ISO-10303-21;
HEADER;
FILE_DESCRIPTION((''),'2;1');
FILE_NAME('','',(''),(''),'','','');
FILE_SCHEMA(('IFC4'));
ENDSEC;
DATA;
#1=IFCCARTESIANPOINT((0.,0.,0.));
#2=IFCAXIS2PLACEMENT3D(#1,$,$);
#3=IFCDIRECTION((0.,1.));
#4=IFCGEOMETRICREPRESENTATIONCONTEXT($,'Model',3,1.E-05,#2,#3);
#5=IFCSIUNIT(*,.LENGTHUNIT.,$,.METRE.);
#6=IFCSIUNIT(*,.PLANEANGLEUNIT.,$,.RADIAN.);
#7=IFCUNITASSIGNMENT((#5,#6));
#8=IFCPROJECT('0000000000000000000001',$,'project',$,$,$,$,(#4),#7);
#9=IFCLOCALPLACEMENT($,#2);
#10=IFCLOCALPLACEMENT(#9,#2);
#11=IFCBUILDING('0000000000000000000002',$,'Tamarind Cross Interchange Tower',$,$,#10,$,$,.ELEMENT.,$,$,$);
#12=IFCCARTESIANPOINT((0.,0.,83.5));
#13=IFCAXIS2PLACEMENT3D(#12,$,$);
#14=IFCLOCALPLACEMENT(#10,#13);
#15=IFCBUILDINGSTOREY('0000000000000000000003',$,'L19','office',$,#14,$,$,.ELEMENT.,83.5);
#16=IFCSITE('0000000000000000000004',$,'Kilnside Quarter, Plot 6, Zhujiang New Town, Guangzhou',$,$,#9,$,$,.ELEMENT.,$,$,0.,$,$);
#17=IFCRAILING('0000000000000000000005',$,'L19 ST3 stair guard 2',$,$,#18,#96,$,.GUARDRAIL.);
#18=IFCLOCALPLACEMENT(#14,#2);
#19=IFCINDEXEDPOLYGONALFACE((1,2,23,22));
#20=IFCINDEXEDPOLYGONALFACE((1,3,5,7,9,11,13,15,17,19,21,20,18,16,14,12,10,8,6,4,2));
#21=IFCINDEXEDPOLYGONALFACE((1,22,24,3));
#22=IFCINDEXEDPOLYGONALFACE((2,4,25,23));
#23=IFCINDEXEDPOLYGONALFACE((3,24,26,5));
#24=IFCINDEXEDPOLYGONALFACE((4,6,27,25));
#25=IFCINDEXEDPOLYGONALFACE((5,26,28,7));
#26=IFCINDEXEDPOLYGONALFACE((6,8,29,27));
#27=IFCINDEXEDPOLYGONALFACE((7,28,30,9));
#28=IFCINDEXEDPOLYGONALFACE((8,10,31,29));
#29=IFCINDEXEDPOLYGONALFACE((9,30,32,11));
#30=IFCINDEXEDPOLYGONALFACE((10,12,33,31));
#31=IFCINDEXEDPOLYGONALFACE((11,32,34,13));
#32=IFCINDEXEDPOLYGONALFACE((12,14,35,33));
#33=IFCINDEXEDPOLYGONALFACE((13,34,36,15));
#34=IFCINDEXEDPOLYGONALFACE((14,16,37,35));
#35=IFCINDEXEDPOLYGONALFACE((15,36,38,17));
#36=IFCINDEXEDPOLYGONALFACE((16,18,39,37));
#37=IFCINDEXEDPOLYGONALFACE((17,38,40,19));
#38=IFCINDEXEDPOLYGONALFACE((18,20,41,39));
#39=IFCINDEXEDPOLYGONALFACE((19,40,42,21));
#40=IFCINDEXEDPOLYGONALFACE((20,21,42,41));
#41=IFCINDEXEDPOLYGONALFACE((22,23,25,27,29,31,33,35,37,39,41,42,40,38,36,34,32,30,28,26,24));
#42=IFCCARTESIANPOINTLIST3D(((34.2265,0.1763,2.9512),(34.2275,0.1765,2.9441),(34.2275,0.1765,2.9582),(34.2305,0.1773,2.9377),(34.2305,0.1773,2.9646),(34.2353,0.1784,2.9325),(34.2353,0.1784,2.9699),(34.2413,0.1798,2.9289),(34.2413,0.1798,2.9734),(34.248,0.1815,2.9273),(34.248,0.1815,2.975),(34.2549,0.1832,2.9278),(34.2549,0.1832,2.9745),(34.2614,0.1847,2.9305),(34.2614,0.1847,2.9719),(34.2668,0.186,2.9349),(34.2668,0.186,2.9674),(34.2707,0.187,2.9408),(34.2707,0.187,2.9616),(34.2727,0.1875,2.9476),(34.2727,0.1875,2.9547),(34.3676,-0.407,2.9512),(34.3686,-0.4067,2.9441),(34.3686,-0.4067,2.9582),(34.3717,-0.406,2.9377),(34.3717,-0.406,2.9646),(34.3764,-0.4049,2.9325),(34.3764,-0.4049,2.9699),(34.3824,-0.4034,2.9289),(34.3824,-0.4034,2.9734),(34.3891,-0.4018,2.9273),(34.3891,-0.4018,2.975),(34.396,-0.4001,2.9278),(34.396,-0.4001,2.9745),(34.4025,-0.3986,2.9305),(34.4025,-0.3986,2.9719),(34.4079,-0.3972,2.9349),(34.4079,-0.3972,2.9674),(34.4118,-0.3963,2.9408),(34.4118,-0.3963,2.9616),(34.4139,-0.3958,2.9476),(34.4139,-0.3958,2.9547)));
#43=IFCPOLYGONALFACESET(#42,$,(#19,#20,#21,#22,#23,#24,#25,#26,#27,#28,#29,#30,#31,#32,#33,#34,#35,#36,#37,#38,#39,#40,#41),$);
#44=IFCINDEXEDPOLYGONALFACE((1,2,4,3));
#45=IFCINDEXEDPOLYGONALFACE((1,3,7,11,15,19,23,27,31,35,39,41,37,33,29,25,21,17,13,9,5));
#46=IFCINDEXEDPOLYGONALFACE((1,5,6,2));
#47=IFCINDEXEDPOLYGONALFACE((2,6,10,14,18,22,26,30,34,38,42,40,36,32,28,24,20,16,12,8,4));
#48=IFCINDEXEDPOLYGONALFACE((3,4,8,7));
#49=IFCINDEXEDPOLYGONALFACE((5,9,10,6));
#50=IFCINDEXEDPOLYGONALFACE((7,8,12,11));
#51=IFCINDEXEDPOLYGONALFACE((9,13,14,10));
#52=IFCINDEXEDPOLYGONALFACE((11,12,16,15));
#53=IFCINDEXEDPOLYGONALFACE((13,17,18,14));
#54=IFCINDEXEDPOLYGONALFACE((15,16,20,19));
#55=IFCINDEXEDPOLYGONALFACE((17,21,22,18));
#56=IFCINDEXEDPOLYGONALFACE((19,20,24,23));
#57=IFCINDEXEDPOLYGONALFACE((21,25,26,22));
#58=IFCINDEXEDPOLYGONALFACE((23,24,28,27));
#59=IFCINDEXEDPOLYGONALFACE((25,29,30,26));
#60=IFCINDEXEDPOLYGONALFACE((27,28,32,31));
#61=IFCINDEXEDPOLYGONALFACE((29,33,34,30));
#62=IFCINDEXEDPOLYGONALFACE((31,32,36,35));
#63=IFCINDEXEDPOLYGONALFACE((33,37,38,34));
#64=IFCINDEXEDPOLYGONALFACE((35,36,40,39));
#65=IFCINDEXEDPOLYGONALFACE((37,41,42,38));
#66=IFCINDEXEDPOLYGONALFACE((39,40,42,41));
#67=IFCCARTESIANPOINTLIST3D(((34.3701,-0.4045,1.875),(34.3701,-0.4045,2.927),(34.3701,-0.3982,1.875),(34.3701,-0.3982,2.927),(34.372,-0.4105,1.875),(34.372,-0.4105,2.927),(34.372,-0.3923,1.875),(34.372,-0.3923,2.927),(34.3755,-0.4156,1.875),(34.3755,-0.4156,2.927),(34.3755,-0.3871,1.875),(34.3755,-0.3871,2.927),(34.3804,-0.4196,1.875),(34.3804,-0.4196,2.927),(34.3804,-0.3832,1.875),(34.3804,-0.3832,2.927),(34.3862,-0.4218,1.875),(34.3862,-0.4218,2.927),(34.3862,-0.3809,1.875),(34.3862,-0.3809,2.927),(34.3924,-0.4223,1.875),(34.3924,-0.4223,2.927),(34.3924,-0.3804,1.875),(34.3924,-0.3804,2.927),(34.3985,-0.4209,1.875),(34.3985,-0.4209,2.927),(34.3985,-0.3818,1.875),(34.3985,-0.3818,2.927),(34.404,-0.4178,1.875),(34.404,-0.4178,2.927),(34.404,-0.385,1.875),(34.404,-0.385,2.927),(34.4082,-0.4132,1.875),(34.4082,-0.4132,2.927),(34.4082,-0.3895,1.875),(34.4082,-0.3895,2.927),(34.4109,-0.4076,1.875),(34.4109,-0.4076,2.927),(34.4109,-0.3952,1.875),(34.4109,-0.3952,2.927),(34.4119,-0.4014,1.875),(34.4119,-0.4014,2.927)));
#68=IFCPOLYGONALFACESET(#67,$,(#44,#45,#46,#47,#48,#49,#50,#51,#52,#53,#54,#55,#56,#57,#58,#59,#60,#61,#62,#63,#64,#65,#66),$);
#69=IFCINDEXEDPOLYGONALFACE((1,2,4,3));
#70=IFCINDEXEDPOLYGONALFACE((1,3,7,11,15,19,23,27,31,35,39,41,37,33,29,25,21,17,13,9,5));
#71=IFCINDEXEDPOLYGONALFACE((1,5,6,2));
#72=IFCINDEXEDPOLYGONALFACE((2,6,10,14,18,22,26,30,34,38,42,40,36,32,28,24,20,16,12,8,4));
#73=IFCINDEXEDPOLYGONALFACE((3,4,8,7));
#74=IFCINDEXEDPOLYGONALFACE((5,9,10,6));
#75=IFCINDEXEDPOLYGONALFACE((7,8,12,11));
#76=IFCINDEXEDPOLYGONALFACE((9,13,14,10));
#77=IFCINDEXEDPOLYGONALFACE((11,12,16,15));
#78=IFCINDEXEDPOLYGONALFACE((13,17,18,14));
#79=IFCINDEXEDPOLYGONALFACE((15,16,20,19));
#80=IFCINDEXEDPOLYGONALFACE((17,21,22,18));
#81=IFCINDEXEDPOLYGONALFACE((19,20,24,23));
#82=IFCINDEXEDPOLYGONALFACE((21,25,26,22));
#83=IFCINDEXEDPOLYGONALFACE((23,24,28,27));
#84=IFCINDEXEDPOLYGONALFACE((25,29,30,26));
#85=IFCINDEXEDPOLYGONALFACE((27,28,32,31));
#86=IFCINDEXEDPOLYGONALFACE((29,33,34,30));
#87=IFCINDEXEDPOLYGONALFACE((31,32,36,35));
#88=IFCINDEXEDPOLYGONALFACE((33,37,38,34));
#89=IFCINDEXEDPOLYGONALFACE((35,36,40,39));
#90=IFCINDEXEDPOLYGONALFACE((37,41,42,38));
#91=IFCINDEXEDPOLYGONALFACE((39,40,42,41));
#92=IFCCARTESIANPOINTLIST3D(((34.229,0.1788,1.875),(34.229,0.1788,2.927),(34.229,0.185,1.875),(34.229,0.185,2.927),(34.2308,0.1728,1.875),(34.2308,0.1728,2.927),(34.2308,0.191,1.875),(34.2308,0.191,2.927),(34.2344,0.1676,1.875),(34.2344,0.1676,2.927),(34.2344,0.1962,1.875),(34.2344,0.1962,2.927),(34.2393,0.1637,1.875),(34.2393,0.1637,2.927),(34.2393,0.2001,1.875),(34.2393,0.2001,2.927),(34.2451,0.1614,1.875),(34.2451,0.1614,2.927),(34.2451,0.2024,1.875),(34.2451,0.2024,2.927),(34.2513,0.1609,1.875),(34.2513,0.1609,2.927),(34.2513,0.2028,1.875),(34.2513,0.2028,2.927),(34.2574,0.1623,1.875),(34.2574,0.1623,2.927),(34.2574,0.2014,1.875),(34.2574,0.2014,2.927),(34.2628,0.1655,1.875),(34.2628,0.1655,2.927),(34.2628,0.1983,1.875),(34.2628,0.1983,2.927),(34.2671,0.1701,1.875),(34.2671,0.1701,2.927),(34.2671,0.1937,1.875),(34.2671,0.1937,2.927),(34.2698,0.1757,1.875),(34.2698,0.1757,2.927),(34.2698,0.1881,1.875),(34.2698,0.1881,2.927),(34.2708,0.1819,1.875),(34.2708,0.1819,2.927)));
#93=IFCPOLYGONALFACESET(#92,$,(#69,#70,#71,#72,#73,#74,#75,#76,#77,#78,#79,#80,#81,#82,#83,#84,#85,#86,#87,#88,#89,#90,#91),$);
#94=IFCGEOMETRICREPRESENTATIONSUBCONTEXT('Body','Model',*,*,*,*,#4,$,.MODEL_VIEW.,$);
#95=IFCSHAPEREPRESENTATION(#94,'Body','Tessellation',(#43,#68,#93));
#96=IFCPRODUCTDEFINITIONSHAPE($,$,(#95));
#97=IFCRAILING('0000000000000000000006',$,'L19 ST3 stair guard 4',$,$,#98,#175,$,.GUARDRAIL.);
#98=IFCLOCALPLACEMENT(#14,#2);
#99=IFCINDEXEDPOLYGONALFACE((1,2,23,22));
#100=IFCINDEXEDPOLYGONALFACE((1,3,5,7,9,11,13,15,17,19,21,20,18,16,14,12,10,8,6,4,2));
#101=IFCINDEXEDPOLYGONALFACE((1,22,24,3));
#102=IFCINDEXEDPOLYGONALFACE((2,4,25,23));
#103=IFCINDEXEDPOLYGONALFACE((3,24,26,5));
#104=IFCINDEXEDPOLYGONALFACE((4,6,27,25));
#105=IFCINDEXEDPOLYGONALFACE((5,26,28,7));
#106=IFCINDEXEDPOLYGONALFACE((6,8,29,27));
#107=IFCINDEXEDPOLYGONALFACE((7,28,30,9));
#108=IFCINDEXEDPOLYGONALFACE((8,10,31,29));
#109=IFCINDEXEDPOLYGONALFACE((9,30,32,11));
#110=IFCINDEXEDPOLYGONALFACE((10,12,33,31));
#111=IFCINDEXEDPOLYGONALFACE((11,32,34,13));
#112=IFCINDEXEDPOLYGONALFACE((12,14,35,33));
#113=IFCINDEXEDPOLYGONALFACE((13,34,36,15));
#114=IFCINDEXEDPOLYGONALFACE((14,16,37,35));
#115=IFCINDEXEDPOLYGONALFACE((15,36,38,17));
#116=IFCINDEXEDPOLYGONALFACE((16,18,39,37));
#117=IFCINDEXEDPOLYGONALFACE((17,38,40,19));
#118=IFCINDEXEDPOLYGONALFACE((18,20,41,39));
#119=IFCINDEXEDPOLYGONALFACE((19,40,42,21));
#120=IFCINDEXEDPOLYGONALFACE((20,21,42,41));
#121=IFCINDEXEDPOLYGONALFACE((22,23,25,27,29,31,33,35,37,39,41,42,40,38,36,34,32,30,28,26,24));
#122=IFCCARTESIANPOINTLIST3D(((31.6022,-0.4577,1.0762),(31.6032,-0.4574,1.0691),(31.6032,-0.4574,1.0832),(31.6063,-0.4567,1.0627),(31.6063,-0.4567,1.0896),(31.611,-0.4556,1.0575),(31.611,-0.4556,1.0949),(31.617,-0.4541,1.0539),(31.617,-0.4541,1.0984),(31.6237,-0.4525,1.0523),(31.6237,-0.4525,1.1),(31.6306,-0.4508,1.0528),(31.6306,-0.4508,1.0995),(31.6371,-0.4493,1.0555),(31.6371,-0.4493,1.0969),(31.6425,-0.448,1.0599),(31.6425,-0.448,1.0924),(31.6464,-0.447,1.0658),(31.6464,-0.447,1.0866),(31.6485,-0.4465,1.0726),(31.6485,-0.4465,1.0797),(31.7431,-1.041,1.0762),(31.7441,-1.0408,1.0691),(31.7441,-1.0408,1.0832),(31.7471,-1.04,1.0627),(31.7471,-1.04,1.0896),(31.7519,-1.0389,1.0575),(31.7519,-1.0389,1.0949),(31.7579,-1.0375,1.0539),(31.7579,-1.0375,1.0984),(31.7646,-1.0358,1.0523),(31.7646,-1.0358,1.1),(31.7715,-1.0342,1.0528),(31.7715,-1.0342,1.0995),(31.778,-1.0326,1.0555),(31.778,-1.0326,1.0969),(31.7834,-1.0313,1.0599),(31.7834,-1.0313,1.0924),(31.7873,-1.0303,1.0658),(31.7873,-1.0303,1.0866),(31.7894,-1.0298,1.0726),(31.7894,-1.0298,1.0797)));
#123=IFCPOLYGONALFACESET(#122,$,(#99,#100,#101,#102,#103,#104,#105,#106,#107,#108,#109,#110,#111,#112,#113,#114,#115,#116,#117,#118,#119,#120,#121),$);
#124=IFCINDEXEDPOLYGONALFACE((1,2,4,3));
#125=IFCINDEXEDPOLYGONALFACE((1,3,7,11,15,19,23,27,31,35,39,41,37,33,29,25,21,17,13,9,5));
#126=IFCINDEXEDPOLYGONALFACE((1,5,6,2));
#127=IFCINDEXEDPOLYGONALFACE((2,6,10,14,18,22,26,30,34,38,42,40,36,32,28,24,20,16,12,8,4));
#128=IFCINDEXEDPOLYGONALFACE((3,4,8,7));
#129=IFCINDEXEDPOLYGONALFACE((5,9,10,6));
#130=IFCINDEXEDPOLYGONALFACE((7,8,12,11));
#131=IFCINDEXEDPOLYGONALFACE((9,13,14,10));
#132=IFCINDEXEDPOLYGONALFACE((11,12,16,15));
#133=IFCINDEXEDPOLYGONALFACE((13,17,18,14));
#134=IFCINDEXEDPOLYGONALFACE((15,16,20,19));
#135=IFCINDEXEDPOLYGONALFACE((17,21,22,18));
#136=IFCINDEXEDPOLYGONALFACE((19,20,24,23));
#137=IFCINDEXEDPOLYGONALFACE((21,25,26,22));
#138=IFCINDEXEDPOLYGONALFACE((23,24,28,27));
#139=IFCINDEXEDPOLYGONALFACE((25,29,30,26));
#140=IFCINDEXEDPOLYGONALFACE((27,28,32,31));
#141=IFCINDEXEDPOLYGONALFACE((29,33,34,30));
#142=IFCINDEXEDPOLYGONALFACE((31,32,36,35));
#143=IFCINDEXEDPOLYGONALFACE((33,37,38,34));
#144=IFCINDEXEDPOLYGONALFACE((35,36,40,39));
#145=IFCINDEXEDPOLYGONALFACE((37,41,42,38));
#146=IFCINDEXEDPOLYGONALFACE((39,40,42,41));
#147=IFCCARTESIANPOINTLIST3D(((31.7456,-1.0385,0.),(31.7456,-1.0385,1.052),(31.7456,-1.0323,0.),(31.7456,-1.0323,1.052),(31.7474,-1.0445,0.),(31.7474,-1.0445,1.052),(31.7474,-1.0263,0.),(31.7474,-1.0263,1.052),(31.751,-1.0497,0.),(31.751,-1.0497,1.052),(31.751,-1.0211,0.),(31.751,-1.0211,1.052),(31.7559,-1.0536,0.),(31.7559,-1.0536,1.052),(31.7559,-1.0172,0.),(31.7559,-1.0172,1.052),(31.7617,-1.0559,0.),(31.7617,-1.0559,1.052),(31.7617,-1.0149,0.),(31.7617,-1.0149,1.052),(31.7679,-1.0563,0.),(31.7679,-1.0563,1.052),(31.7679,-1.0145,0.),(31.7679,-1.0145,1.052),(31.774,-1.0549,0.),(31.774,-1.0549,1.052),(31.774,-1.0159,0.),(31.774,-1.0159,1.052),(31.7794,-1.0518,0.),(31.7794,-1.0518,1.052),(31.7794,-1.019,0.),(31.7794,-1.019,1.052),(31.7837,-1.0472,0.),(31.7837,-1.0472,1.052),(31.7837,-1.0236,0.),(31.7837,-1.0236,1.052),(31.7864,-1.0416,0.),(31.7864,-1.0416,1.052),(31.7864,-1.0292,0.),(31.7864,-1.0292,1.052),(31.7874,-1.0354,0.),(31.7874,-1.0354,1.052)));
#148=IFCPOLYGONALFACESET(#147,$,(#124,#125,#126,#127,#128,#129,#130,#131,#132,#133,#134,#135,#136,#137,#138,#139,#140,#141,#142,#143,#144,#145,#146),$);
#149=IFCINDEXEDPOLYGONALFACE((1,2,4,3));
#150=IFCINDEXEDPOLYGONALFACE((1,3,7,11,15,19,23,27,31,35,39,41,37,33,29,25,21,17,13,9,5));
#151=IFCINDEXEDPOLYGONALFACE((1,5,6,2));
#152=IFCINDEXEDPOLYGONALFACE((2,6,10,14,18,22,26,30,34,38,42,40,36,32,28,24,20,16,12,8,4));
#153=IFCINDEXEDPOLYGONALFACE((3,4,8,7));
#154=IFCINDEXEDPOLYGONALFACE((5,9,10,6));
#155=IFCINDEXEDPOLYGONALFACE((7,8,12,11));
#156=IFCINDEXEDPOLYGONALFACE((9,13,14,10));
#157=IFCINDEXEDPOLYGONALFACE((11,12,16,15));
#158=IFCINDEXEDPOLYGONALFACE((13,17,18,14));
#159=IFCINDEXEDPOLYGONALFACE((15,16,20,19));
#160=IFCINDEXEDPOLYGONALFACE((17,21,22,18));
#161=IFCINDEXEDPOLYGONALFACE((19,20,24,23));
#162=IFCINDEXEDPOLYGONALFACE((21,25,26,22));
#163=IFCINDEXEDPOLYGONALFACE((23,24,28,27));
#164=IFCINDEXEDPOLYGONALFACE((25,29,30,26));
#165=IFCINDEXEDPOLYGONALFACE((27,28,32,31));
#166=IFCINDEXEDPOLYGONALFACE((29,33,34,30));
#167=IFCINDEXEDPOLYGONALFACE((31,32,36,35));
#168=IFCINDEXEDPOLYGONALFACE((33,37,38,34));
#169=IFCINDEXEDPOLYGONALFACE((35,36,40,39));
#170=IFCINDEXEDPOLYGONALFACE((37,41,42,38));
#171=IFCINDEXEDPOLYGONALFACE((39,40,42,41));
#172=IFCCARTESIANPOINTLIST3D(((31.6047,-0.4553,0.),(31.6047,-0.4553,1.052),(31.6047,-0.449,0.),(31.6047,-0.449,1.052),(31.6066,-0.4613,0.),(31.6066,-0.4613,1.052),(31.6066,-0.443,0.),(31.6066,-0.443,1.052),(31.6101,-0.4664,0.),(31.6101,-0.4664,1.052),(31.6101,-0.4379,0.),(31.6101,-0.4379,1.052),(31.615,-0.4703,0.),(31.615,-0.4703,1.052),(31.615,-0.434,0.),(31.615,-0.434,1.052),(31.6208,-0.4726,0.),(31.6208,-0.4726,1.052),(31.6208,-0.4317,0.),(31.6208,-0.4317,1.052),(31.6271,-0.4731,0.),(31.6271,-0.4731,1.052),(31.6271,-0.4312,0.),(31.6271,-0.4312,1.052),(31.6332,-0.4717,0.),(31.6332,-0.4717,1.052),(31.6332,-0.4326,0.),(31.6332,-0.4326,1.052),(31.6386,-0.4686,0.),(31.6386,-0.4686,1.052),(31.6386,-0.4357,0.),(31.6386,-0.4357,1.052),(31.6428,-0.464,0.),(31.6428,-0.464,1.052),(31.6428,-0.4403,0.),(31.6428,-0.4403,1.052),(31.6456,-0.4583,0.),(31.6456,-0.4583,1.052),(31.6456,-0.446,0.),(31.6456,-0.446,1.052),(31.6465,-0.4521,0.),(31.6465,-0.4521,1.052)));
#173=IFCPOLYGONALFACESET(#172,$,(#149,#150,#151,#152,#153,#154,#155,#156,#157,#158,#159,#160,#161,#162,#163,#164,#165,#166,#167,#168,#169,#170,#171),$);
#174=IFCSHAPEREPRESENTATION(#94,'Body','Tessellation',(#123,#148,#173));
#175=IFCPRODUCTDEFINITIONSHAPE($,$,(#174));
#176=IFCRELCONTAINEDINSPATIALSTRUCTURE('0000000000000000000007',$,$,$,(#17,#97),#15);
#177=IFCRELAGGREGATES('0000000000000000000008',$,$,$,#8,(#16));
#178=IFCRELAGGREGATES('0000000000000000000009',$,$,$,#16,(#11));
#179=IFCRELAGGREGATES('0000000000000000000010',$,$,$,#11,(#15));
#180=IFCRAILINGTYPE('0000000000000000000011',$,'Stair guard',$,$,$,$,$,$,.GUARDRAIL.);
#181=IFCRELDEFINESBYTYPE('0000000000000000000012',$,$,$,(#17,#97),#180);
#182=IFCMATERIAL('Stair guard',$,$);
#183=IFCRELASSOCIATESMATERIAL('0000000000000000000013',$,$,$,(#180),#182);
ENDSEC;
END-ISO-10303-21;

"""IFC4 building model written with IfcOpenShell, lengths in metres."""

from ifc_helpers import new_model, si_unit, direction, frame, origin, origin_2d, place, context, subcontext, project, spatial, circle, extrude, material, type_object, element, save


model = new_model("IFC4")

# Units and contexts
model_context = context("Model", 3, precision=1e-05, world=origin(), true_north=direction((0.0, 1.0)))
body_context = subcontext(model_context, "Body", "Model", "MODEL_VIEW")
ifc_project = project(units=[si_unit("LENGTHUNIT", "METRE"), si_unit("PLANEANGLEUNIT", "RADIAN")], contexts=[model_context])

# Site, building, storey
site_placement = place(None, origin())
site = spatial("IfcSite", under=ifc_project, at=site_placement, Name="Kilnside Quarter, Plot 6, Zhujiang New Town, Guangzhou", CompositionType="ELEMENT", RefElevation=0.0)
building_placement = place(site_placement, origin())
building = spatial("IfcBuilding", under=site, at=building_placement, Name="Tamarind Cross Interchange Tower", CompositionType="ELEMENT")
storey_placement = place(building_placement, frame((0.0, 0.0, 83.5)))
storey = spatial("IfcBuildingStorey", under=building, at=storey_placement, Name="L19", Description="office", CompositionType="ELEMENT", Elevation=83.5)

# Railings
ifc_material_1 = material(Name="Stair guard")
railing_type_1 = type_object("IfcRailingType", Name="Stair guard", PredefinedType="GUARDRAIL", material=ifc_material_1)
railing_1_placement = place(storey_placement, frame((34.3909, -0.4014, 1.875)))
element("IfcRailing", 1, at=railing_1_placement, inside=storey, type_object=railing_type_1, Name="L19 ST3 stair guard 2", PredefinedType="GUARDRAIL", context=body_context, shape_type="SweptSolid", body=[
    extrude(circle(Radius=0.0239, at=origin_2d()), frame((0.0, 0.0, 1.0762), z_axis=(-0.235158, 0.971957, 0.0), x_axis=(-0.971957, -0.235158, 0.0)), (0.0, 0.0, 1.0), 0.6001),
    extrude(circle(Radius=0.021, at=origin_2d()), origin(), (0.0, 0.0, 1.0), 1.052),
    extrude(circle(Radius=0.021, at=origin_2d()), frame((-0.1411, 0.5833, 0.0)), (0.0, 0.0, 1.0), 1.052),
])
railing_2_placement = place(storey_placement, frame((31.7664, -1.0354, 0.0)))
element("IfcRailing", 2, at=railing_2_placement, inside=storey, type_object=railing_type_1, Name="L19 ST3 stair guard 4", PredefinedType="GUARDRAIL", context=body_context, shape_type="SweptSolid", body=[
    extrude(circle(Radius=0.0239, at=origin_2d()), frame((0.0, 0.0, 1.0762), z_axis=(-0.234773, 0.97205, 0.0), x_axis=(-0.97205, -0.234773, 0.0)), (0.0, 0.0, 1.0), 0.6001),
    extrude(circle(Radius=0.021, at=origin_2d()), origin(), (0.0, 0.0, 1.0), 1.052),
    extrude(circle(Radius=0.021, at=origin_2d()), frame((-0.1409, 0.5833, 0.0)), (0.0, 0.0, 1.0), 1.052),
])

save(model, "model.ifc")
